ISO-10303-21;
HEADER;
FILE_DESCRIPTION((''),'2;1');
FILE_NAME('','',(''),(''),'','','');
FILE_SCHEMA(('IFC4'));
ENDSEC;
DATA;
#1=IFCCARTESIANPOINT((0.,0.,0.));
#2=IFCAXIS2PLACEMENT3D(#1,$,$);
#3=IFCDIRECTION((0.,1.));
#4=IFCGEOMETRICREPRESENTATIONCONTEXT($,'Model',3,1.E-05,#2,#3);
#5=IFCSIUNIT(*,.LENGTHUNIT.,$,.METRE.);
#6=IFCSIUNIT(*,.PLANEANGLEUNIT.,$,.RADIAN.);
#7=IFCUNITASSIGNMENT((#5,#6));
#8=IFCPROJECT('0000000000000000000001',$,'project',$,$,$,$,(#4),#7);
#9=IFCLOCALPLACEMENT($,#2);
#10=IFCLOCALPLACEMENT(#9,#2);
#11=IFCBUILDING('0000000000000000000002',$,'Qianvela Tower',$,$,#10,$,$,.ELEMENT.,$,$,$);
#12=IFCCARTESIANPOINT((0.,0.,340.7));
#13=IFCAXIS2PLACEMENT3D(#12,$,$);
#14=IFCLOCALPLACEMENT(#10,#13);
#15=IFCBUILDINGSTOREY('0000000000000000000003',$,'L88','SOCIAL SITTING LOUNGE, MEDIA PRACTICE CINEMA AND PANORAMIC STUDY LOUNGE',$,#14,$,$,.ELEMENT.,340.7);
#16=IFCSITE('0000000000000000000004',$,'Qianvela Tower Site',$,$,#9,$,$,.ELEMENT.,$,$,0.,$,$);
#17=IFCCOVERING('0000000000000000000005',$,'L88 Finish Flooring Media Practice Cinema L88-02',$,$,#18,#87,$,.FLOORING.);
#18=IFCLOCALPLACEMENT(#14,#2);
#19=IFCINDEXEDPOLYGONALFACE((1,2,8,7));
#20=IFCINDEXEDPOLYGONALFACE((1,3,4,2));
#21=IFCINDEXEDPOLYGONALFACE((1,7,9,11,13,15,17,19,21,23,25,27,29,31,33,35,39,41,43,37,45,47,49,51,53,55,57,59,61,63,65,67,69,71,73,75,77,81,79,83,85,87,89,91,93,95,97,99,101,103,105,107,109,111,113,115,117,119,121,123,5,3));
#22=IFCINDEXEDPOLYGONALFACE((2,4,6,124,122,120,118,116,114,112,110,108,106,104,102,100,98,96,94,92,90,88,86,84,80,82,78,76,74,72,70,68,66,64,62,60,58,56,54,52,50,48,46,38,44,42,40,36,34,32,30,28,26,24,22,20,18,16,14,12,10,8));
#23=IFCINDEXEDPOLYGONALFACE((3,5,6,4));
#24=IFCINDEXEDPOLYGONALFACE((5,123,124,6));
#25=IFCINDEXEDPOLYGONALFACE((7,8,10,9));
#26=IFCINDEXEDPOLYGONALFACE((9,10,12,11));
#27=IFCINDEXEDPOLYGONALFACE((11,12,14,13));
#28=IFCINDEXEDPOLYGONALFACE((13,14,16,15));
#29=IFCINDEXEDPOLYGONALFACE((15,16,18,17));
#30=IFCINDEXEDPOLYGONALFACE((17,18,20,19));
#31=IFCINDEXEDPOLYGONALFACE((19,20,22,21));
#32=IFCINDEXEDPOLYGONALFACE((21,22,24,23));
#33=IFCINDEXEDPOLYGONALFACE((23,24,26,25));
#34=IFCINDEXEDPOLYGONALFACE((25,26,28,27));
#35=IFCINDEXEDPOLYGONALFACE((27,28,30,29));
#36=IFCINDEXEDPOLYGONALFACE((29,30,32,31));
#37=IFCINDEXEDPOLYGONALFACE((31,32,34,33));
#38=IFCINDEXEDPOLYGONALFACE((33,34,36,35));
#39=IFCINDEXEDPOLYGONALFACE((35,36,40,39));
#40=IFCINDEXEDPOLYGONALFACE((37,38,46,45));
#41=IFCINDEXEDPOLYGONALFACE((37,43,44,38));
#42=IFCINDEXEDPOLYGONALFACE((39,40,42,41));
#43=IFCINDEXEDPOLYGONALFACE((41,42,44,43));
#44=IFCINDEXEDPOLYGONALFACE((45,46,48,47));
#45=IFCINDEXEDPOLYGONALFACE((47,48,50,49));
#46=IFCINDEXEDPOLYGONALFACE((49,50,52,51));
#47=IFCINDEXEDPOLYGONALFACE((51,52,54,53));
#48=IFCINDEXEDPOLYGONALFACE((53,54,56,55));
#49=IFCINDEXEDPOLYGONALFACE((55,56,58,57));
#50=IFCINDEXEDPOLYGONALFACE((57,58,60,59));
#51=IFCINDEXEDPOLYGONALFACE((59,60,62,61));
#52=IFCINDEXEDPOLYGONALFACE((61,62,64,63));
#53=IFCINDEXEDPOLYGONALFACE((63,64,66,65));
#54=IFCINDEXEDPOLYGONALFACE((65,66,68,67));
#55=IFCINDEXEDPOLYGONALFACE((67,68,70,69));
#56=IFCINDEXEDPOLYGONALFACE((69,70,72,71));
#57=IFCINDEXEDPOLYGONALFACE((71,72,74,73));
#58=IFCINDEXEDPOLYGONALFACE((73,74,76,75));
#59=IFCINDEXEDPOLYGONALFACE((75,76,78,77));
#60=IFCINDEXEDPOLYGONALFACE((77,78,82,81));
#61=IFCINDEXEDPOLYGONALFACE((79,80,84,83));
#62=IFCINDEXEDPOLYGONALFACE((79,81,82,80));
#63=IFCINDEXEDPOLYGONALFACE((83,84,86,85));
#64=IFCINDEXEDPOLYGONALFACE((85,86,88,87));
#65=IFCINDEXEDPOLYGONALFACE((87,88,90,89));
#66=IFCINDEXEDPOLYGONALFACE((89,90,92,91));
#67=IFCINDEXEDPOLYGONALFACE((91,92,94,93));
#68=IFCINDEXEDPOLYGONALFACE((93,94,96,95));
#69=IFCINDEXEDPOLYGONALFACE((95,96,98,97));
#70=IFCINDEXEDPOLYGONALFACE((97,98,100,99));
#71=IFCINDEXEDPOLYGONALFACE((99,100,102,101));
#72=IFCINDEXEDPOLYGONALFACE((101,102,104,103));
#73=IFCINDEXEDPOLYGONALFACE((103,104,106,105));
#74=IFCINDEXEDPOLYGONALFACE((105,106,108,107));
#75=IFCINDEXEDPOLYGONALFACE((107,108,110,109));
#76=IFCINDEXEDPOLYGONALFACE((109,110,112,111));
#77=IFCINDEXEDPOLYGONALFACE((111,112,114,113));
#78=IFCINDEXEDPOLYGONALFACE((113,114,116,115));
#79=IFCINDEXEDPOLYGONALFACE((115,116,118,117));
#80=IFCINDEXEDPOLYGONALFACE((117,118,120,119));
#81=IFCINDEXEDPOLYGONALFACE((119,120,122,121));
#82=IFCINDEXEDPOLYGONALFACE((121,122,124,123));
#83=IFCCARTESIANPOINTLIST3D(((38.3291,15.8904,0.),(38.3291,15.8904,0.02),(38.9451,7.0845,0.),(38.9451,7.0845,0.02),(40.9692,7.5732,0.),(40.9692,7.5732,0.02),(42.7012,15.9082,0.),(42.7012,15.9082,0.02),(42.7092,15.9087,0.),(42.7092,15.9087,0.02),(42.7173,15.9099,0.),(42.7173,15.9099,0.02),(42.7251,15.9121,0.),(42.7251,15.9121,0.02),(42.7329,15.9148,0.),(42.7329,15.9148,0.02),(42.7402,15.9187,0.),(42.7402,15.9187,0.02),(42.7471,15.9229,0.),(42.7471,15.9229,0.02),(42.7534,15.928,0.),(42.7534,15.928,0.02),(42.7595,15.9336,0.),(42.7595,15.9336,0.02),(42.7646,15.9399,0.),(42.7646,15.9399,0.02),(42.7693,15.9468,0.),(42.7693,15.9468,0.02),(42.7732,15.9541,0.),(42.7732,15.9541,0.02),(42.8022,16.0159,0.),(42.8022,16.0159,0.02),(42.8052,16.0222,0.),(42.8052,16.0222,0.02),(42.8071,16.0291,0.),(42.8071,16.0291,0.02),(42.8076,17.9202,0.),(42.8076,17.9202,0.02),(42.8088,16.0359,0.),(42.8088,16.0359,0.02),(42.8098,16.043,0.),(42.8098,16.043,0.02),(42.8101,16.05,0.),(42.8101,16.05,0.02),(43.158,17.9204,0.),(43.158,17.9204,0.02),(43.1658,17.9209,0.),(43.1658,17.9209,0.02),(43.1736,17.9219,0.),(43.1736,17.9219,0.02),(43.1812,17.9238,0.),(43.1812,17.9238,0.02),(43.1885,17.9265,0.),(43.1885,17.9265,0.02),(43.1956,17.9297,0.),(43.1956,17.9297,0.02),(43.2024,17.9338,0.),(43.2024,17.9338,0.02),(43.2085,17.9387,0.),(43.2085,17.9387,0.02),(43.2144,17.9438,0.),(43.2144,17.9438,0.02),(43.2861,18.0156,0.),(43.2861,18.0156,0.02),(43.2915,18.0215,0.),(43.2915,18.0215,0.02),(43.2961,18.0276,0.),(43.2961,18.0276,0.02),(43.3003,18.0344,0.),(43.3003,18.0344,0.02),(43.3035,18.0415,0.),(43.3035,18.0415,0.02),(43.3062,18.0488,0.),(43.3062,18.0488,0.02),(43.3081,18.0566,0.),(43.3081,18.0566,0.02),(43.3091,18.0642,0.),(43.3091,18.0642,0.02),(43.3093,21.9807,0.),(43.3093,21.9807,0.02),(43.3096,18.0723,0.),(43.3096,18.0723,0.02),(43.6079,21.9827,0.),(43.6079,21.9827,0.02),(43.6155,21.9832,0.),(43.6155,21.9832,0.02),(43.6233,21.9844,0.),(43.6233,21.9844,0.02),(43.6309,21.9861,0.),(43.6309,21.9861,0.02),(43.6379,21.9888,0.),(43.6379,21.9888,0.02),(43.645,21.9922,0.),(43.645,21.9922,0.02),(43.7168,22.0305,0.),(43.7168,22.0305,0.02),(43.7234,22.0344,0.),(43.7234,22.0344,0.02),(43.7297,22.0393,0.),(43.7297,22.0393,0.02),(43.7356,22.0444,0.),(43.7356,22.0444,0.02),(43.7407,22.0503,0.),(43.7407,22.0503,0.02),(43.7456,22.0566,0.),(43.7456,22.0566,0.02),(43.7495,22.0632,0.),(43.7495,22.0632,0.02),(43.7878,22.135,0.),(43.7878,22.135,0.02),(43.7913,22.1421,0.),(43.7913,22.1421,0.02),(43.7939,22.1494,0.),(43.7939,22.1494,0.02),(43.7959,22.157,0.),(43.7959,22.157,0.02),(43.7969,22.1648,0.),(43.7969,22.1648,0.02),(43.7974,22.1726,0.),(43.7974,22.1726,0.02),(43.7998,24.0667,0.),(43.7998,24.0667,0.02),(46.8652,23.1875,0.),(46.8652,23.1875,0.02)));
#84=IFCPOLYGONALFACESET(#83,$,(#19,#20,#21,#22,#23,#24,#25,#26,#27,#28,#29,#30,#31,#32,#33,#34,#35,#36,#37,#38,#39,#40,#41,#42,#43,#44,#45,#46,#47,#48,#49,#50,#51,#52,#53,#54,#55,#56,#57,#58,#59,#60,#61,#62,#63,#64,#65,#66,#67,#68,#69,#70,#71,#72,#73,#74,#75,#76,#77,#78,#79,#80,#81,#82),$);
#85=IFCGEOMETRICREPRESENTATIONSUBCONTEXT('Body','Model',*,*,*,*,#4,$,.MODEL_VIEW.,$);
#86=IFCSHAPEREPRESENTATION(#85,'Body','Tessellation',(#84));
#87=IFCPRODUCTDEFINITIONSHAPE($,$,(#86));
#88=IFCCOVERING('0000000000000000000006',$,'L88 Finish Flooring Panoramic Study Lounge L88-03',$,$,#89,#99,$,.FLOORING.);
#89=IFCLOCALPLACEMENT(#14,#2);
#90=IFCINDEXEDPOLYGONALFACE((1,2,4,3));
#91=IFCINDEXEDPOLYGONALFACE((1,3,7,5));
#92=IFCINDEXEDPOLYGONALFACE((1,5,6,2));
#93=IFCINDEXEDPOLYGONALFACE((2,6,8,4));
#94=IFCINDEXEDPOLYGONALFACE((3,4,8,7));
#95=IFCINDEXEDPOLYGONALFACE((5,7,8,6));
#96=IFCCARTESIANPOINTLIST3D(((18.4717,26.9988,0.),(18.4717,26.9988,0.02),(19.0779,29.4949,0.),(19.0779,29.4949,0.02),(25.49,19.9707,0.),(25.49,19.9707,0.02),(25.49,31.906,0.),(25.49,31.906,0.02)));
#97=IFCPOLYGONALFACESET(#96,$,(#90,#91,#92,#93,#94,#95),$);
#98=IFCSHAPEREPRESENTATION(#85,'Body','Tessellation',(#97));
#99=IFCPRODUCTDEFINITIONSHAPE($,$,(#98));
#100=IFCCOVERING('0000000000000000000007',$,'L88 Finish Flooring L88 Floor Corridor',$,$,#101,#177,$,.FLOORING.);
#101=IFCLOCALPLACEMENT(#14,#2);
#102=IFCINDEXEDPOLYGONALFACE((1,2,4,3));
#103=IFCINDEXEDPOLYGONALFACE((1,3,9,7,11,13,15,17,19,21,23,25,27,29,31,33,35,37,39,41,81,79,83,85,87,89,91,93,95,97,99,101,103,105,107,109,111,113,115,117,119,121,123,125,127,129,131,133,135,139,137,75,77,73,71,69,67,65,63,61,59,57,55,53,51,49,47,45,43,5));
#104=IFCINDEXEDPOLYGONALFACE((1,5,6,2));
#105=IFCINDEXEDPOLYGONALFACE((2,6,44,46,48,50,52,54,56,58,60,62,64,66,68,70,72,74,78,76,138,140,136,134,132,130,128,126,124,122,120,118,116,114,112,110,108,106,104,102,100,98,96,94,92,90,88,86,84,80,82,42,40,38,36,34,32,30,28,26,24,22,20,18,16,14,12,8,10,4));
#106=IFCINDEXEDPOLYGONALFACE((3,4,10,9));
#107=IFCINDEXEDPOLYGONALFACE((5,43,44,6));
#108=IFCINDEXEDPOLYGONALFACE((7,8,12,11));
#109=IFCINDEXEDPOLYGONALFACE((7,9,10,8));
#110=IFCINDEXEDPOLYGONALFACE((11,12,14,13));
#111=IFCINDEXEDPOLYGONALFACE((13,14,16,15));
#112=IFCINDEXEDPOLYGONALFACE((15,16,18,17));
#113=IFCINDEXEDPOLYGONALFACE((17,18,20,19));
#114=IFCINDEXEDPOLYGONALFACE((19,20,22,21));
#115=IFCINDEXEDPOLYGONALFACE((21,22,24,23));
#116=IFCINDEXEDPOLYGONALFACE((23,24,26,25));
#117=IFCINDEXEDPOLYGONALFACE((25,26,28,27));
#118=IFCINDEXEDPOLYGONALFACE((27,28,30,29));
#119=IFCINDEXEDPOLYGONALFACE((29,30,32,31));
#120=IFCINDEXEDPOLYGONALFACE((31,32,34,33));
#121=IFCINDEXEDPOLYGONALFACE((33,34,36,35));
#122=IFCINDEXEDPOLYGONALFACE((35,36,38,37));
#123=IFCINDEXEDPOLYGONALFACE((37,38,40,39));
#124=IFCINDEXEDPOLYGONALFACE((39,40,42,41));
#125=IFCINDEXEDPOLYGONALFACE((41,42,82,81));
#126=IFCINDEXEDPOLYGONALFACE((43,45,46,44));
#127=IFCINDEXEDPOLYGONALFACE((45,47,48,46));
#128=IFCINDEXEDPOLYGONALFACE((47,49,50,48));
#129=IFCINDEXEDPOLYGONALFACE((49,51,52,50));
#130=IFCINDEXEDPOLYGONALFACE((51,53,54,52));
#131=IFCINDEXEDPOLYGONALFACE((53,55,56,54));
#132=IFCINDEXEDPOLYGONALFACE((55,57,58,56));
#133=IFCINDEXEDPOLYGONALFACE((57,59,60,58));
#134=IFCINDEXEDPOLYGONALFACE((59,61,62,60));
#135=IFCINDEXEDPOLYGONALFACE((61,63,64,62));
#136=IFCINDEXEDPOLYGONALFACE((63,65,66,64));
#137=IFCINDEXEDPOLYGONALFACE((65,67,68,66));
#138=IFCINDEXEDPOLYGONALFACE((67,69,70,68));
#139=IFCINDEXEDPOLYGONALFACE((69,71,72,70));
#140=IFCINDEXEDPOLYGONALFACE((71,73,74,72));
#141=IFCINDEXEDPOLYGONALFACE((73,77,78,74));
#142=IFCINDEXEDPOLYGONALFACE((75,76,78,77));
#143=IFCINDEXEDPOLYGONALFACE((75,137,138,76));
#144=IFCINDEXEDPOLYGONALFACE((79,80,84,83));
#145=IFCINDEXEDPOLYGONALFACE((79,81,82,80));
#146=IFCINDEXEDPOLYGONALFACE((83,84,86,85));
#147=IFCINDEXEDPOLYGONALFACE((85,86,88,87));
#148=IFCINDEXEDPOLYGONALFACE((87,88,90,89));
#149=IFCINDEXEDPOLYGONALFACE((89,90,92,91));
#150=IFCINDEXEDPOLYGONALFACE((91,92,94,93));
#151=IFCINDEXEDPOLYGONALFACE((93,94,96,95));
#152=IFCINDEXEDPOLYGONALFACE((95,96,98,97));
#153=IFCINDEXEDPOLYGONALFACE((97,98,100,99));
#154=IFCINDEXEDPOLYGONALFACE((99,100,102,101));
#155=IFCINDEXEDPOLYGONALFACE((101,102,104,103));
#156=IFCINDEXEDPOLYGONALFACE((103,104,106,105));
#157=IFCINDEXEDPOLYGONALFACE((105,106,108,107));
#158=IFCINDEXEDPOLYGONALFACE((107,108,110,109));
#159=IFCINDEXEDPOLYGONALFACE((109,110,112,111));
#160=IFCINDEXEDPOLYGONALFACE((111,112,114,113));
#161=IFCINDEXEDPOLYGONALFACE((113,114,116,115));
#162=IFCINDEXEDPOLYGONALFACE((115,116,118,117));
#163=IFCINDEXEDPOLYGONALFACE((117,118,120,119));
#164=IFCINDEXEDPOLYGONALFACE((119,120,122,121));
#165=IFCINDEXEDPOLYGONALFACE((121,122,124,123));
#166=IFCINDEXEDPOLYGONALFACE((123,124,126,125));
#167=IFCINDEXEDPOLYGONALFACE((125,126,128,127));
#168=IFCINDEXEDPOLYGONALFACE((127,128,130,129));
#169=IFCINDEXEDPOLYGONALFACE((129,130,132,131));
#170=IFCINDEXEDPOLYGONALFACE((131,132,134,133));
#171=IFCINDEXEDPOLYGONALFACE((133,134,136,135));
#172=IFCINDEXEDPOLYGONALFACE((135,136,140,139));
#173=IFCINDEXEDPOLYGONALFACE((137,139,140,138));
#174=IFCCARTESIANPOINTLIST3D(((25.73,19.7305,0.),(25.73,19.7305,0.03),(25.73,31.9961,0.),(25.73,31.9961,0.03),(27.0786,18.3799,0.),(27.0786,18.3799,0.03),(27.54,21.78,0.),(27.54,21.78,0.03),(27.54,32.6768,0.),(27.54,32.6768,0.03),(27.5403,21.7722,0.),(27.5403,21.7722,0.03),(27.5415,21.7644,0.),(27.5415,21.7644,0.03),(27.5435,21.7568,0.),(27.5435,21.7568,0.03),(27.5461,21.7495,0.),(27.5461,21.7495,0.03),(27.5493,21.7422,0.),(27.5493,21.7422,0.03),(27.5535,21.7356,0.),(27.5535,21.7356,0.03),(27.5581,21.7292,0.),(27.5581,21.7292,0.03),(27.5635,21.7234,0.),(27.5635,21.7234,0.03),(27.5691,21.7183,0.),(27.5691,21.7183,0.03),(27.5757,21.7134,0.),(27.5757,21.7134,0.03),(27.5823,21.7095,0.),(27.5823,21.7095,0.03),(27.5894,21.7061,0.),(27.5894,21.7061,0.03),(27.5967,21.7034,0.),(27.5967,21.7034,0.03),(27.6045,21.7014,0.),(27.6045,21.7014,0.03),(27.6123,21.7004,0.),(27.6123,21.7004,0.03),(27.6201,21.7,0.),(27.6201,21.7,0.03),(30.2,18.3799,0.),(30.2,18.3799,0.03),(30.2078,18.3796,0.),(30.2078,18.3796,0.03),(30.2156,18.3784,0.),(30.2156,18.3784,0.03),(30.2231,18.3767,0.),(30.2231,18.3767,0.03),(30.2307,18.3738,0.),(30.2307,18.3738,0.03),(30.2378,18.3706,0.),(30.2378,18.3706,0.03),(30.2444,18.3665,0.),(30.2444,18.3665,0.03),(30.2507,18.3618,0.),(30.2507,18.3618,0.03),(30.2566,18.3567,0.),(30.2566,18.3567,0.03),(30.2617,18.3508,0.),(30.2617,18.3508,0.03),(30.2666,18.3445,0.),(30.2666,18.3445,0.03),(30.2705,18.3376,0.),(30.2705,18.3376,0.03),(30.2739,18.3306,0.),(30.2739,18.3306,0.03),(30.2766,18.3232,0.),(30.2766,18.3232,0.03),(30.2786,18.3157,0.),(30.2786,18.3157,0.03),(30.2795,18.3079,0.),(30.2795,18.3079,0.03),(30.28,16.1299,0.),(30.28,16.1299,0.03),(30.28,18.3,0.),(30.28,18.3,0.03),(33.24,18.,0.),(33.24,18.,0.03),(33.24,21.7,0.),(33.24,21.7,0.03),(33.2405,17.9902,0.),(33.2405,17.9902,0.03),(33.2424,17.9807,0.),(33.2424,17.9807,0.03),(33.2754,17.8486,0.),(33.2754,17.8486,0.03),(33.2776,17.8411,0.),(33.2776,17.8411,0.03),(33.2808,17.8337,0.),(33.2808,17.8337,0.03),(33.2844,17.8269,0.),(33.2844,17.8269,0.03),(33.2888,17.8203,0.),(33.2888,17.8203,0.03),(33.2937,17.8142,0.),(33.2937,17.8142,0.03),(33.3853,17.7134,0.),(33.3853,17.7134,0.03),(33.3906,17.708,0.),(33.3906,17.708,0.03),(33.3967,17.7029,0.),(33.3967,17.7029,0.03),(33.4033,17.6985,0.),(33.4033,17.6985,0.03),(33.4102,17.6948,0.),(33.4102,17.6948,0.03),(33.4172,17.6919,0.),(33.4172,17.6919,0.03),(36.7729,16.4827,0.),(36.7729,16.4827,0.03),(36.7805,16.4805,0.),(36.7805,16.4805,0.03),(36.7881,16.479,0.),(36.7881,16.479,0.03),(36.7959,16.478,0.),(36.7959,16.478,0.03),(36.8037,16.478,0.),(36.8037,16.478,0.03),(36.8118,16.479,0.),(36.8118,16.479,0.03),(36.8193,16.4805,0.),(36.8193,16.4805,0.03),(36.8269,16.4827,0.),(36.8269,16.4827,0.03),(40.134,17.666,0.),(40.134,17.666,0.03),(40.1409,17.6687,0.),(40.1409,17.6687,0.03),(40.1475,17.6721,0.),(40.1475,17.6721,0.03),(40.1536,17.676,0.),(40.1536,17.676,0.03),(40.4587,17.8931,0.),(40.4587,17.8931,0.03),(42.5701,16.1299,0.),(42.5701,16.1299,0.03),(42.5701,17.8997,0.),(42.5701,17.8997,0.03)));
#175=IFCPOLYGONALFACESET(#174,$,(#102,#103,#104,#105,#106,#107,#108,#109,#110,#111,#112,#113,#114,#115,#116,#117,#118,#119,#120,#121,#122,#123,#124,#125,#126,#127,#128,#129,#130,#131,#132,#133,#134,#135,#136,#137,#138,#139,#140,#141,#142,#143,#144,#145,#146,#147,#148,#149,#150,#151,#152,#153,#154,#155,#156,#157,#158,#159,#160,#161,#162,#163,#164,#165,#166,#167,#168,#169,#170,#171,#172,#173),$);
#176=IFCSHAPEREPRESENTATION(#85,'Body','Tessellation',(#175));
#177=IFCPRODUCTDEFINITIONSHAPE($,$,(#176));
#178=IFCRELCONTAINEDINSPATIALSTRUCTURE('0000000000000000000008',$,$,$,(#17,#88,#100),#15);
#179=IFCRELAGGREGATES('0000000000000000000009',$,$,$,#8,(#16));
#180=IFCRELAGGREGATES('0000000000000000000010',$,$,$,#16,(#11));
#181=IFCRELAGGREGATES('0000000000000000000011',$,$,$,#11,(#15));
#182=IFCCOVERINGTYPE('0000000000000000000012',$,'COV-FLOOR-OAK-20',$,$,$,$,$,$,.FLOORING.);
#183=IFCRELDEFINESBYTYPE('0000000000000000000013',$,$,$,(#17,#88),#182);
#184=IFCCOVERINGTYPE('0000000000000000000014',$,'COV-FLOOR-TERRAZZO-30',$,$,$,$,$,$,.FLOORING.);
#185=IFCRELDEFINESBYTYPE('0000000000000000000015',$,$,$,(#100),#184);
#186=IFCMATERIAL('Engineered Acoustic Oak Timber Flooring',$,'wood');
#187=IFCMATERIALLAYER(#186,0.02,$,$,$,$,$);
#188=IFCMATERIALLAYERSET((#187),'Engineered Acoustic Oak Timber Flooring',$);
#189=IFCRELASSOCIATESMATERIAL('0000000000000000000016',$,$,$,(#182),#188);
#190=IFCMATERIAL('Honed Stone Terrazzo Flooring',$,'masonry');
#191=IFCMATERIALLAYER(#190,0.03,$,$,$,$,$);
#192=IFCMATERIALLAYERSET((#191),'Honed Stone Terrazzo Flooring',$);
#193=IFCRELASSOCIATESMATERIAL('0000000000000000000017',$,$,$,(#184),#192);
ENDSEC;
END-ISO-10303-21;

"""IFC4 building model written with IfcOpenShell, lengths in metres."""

from ifc_helpers import new_model, si_unit, direction, frame, origin, place, context, subcontext, project, spatial, polyline, outline, extrude, material, layer, layer_set, type_object, element, save


model = new_model("IFC4")

# Units and contexts
model_context = context("Model", 3, precision=1e-05, world=origin(), true_north=direction((0.0, 1.0)))
body_context = subcontext(model_context, "Body", "Model", "MODEL_VIEW")
ifc_project = project(units=[si_unit("LENGTHUNIT", "METRE"), si_unit("PLANEANGLEUNIT", "RADIAN")], contexts=[model_context])

# Site, building, storey
site_placement = place(None, origin())
site = spatial("IfcSite", under=ifc_project, at=site_placement, Name="Qianvela Tower Site", CompositionType="ELEMENT", RefElevation=0.0)
building_placement = place(site_placement, origin())
building = spatial("IfcBuilding", under=site, at=building_placement, Name="Qianvela Tower", CompositionType="ELEMENT")
storey_placement = place(building_placement, frame((0.0, 0.0, 340.7)))
storey = spatial("IfcBuildingStorey", under=building, at=storey_placement, Name="L88", Description="SOCIAL SITTING LOUNGE, MEDIA PRACTICE CINEMA AND PANORAMIC STUDY LOUNGE", CompositionType="ELEMENT", Elevation=340.7)

# Coverings
ifc_material_1 = material(Name="Engineered Acoustic Oak Timber Flooring", Category="wood")
ifc_layer_1 = layer(ifc_material_1, 0.02)
ifc_layer_set_1 = layer_set([ifc_layer_1], Name="Engineered Acoustic Oak Timber Flooring")
covering_type_1 = type_object("IfcCoveringType", Name="COV-FLOOR-OAK-20", PredefinedType="FLOORING", material=ifc_layer_set_1)
covering_1_placement = place(storey_placement, origin())
element("IfcCovering", 1, at=covering_1_placement, inside=storey, type_object=covering_type_1, Name="L88 Finish Flooring Media Practice Cinema L88-02", PredefinedType="FLOORING", context=body_context, shape_type="SweptSolid", body=[
    extrude(outline(polyline([(38.3291, 15.8904), (42.7012, 15.9082), (42.7092, 15.9087), (42.7173, 15.9099), (42.7251, 15.9121), (42.7329, 15.9148), (42.7402, 15.9187), (42.7471, 15.9229), (42.7534, 15.928), (42.7595, 15.9336), (42.7646, 15.9399), (42.7693, 15.9468), (42.7732, 15.9541), (42.8022, 16.0159), (42.8052, 16.0222), (42.8071, 16.0291), (42.8088, 16.0359), (42.8098, 16.043), (42.8101, 16.05), (42.8076, 17.9202), (43.158, 17.9204), (43.1658, 17.9209), (43.1736, 17.9219), (43.1812, 17.9238), (43.1885, 17.9265), (43.1956, 17.9297), (43.2024, 17.9338), (43.2085, 17.9387), (43.2144, 17.9438), (43.2861, 18.0156), (43.2915, 18.0215), (43.2961, 18.0276), (43.3003, 18.0344), (43.3035, 18.0415), (43.3062, 18.0488), (43.3081, 18.0566), (43.3091, 18.0642), (43.3096, 18.0723), (43.3093, 21.9807), (43.6079, 21.9827), (43.6155, 21.9832), (43.6233, 21.9844), (43.6309, 21.9861), (43.6379, 21.9888), (43.645, 21.9922), (43.7168, 22.0305), (43.7234, 22.0344), (43.7297, 22.0393), (43.7356, 22.0444), (43.7407, 22.0503), (43.7456, 22.0566), (43.7495, 22.0632), (43.7878, 22.135), (43.7913, 22.1421), (43.7939, 22.1494), (43.7959, 22.157), (43.7969, 22.1648), (43.7974, 22.1726), (43.7998, 24.0667), (46.8652, 23.1875), (40.9692, 7.5732), (38.9451, 7.0845), (38.3291, 15.8904)])), origin(), (0.0, 0.0, 1.0), 0.02),
])
covering_2_placement = place(storey_placement, origin())
element("IfcCovering", 2, at=covering_2_placement, inside=storey, type_object=covering_type_1, Name="L88 Finish Flooring Panoramic Study Lounge L88-03", PredefinedType="FLOORING", context=body_context, shape_type="SweptSolid", body=[
    extrude(outline(polyline([(25.49, 31.906), (25.49, 19.9707), (18.4717, 26.9988), (19.0779, 29.4949), (25.49, 31.906)])), origin(), (0.0, 0.0, 1.0), 0.02),
])
ifc_material_2 = material(Name="Honed Stone Terrazzo Flooring", Category="masonry")
ifc_layer_2 = layer(ifc_material_2, 0.03)
ifc_layer_set_2 = layer_set([ifc_layer_2], Name="Honed Stone Terrazzo Flooring")
covering_type_2 = type_object("IfcCoveringType", Name="COV-FLOOR-TERRAZZO-30", PredefinedType="FLOORING", material=ifc_layer_set_2)
covering_3_placement = place(storey_placement, origin())
element("IfcCovering", 3, at=covering_3_placement, inside=storey, type_object=covering_type_2, Name="L88 Finish Flooring L88 Floor Corridor", PredefinedType="FLOORING", context=body_context, shape_type="SweptSolid", body=[
    extrude(outline(polyline([(36.7729, 16.4827), (36.7805, 16.4805), (36.7881, 16.479), (36.7959, 16.478), (36.8037, 16.478), (36.8118, 16.479), (36.8193, 16.4805), (36.8269, 16.4827), (40.134, 17.666), (40.1409, 17.6687), (40.1475, 17.6721), (40.1536, 17.676), (40.4587, 17.8931), (42.5701, 17.8997), (42.5701, 16.1299), (30.28, 16.1299), (30.28, 18.3), (30.2795, 18.3079), (30.2786, 18.3157), (30.2766, 18.3232), (30.2739, 18.3306), (30.2705, 18.3376), (30.2666, 18.3445), (30.2617, 18.3508), (30.2566, 18.3567), (30.2507, 18.3618), (30.2444, 18.3665), (30.2378, 18.3706), (30.2307, 18.3738), (30.2231, 18.3767), (30.2156, 18.3784), (30.2078, 18.3796), (30.2, 18.3799), (27.0786, 18.3799), (25.73, 19.7305), (25.73, 31.9961), (27.54, 32.6768), (27.54, 21.78), (27.5403, 21.7722), (27.5415, 21.7644), (27.5435, 21.7568), (27.5461, 21.7495), (27.5493, 21.7422), (27.5535, 21.7356), (27.5581, 21.7292), (27.5635, 21.7234), (27.5691, 21.7183), (27.5757, 21.7134), (27.5823, 21.7095), (27.5894, 21.7061), (27.5967, 21.7034), (27.6045, 21.7014), (27.6123, 21.7004), (27.6201, 21.7), (33.24, 21.7), (33.24, 18.0), (33.2405, 17.9902), (33.2424, 17.9807), (33.2754, 17.8486), (33.2776, 17.8411), (33.2808, 17.8337), (33.2844, 17.8269), (33.2888, 17.8203), (33.2937, 17.8142), (33.3853, 17.7134), (33.3906, 17.708), (33.3967, 17.7029), (33.4033, 17.6985), (33.4102, 17.6948), (33.4172, 17.6919), (36.7729, 16.4827)])), origin(), (0.0, 0.0, 1.0), 0.03),
])

save(model, "model.ifc")
